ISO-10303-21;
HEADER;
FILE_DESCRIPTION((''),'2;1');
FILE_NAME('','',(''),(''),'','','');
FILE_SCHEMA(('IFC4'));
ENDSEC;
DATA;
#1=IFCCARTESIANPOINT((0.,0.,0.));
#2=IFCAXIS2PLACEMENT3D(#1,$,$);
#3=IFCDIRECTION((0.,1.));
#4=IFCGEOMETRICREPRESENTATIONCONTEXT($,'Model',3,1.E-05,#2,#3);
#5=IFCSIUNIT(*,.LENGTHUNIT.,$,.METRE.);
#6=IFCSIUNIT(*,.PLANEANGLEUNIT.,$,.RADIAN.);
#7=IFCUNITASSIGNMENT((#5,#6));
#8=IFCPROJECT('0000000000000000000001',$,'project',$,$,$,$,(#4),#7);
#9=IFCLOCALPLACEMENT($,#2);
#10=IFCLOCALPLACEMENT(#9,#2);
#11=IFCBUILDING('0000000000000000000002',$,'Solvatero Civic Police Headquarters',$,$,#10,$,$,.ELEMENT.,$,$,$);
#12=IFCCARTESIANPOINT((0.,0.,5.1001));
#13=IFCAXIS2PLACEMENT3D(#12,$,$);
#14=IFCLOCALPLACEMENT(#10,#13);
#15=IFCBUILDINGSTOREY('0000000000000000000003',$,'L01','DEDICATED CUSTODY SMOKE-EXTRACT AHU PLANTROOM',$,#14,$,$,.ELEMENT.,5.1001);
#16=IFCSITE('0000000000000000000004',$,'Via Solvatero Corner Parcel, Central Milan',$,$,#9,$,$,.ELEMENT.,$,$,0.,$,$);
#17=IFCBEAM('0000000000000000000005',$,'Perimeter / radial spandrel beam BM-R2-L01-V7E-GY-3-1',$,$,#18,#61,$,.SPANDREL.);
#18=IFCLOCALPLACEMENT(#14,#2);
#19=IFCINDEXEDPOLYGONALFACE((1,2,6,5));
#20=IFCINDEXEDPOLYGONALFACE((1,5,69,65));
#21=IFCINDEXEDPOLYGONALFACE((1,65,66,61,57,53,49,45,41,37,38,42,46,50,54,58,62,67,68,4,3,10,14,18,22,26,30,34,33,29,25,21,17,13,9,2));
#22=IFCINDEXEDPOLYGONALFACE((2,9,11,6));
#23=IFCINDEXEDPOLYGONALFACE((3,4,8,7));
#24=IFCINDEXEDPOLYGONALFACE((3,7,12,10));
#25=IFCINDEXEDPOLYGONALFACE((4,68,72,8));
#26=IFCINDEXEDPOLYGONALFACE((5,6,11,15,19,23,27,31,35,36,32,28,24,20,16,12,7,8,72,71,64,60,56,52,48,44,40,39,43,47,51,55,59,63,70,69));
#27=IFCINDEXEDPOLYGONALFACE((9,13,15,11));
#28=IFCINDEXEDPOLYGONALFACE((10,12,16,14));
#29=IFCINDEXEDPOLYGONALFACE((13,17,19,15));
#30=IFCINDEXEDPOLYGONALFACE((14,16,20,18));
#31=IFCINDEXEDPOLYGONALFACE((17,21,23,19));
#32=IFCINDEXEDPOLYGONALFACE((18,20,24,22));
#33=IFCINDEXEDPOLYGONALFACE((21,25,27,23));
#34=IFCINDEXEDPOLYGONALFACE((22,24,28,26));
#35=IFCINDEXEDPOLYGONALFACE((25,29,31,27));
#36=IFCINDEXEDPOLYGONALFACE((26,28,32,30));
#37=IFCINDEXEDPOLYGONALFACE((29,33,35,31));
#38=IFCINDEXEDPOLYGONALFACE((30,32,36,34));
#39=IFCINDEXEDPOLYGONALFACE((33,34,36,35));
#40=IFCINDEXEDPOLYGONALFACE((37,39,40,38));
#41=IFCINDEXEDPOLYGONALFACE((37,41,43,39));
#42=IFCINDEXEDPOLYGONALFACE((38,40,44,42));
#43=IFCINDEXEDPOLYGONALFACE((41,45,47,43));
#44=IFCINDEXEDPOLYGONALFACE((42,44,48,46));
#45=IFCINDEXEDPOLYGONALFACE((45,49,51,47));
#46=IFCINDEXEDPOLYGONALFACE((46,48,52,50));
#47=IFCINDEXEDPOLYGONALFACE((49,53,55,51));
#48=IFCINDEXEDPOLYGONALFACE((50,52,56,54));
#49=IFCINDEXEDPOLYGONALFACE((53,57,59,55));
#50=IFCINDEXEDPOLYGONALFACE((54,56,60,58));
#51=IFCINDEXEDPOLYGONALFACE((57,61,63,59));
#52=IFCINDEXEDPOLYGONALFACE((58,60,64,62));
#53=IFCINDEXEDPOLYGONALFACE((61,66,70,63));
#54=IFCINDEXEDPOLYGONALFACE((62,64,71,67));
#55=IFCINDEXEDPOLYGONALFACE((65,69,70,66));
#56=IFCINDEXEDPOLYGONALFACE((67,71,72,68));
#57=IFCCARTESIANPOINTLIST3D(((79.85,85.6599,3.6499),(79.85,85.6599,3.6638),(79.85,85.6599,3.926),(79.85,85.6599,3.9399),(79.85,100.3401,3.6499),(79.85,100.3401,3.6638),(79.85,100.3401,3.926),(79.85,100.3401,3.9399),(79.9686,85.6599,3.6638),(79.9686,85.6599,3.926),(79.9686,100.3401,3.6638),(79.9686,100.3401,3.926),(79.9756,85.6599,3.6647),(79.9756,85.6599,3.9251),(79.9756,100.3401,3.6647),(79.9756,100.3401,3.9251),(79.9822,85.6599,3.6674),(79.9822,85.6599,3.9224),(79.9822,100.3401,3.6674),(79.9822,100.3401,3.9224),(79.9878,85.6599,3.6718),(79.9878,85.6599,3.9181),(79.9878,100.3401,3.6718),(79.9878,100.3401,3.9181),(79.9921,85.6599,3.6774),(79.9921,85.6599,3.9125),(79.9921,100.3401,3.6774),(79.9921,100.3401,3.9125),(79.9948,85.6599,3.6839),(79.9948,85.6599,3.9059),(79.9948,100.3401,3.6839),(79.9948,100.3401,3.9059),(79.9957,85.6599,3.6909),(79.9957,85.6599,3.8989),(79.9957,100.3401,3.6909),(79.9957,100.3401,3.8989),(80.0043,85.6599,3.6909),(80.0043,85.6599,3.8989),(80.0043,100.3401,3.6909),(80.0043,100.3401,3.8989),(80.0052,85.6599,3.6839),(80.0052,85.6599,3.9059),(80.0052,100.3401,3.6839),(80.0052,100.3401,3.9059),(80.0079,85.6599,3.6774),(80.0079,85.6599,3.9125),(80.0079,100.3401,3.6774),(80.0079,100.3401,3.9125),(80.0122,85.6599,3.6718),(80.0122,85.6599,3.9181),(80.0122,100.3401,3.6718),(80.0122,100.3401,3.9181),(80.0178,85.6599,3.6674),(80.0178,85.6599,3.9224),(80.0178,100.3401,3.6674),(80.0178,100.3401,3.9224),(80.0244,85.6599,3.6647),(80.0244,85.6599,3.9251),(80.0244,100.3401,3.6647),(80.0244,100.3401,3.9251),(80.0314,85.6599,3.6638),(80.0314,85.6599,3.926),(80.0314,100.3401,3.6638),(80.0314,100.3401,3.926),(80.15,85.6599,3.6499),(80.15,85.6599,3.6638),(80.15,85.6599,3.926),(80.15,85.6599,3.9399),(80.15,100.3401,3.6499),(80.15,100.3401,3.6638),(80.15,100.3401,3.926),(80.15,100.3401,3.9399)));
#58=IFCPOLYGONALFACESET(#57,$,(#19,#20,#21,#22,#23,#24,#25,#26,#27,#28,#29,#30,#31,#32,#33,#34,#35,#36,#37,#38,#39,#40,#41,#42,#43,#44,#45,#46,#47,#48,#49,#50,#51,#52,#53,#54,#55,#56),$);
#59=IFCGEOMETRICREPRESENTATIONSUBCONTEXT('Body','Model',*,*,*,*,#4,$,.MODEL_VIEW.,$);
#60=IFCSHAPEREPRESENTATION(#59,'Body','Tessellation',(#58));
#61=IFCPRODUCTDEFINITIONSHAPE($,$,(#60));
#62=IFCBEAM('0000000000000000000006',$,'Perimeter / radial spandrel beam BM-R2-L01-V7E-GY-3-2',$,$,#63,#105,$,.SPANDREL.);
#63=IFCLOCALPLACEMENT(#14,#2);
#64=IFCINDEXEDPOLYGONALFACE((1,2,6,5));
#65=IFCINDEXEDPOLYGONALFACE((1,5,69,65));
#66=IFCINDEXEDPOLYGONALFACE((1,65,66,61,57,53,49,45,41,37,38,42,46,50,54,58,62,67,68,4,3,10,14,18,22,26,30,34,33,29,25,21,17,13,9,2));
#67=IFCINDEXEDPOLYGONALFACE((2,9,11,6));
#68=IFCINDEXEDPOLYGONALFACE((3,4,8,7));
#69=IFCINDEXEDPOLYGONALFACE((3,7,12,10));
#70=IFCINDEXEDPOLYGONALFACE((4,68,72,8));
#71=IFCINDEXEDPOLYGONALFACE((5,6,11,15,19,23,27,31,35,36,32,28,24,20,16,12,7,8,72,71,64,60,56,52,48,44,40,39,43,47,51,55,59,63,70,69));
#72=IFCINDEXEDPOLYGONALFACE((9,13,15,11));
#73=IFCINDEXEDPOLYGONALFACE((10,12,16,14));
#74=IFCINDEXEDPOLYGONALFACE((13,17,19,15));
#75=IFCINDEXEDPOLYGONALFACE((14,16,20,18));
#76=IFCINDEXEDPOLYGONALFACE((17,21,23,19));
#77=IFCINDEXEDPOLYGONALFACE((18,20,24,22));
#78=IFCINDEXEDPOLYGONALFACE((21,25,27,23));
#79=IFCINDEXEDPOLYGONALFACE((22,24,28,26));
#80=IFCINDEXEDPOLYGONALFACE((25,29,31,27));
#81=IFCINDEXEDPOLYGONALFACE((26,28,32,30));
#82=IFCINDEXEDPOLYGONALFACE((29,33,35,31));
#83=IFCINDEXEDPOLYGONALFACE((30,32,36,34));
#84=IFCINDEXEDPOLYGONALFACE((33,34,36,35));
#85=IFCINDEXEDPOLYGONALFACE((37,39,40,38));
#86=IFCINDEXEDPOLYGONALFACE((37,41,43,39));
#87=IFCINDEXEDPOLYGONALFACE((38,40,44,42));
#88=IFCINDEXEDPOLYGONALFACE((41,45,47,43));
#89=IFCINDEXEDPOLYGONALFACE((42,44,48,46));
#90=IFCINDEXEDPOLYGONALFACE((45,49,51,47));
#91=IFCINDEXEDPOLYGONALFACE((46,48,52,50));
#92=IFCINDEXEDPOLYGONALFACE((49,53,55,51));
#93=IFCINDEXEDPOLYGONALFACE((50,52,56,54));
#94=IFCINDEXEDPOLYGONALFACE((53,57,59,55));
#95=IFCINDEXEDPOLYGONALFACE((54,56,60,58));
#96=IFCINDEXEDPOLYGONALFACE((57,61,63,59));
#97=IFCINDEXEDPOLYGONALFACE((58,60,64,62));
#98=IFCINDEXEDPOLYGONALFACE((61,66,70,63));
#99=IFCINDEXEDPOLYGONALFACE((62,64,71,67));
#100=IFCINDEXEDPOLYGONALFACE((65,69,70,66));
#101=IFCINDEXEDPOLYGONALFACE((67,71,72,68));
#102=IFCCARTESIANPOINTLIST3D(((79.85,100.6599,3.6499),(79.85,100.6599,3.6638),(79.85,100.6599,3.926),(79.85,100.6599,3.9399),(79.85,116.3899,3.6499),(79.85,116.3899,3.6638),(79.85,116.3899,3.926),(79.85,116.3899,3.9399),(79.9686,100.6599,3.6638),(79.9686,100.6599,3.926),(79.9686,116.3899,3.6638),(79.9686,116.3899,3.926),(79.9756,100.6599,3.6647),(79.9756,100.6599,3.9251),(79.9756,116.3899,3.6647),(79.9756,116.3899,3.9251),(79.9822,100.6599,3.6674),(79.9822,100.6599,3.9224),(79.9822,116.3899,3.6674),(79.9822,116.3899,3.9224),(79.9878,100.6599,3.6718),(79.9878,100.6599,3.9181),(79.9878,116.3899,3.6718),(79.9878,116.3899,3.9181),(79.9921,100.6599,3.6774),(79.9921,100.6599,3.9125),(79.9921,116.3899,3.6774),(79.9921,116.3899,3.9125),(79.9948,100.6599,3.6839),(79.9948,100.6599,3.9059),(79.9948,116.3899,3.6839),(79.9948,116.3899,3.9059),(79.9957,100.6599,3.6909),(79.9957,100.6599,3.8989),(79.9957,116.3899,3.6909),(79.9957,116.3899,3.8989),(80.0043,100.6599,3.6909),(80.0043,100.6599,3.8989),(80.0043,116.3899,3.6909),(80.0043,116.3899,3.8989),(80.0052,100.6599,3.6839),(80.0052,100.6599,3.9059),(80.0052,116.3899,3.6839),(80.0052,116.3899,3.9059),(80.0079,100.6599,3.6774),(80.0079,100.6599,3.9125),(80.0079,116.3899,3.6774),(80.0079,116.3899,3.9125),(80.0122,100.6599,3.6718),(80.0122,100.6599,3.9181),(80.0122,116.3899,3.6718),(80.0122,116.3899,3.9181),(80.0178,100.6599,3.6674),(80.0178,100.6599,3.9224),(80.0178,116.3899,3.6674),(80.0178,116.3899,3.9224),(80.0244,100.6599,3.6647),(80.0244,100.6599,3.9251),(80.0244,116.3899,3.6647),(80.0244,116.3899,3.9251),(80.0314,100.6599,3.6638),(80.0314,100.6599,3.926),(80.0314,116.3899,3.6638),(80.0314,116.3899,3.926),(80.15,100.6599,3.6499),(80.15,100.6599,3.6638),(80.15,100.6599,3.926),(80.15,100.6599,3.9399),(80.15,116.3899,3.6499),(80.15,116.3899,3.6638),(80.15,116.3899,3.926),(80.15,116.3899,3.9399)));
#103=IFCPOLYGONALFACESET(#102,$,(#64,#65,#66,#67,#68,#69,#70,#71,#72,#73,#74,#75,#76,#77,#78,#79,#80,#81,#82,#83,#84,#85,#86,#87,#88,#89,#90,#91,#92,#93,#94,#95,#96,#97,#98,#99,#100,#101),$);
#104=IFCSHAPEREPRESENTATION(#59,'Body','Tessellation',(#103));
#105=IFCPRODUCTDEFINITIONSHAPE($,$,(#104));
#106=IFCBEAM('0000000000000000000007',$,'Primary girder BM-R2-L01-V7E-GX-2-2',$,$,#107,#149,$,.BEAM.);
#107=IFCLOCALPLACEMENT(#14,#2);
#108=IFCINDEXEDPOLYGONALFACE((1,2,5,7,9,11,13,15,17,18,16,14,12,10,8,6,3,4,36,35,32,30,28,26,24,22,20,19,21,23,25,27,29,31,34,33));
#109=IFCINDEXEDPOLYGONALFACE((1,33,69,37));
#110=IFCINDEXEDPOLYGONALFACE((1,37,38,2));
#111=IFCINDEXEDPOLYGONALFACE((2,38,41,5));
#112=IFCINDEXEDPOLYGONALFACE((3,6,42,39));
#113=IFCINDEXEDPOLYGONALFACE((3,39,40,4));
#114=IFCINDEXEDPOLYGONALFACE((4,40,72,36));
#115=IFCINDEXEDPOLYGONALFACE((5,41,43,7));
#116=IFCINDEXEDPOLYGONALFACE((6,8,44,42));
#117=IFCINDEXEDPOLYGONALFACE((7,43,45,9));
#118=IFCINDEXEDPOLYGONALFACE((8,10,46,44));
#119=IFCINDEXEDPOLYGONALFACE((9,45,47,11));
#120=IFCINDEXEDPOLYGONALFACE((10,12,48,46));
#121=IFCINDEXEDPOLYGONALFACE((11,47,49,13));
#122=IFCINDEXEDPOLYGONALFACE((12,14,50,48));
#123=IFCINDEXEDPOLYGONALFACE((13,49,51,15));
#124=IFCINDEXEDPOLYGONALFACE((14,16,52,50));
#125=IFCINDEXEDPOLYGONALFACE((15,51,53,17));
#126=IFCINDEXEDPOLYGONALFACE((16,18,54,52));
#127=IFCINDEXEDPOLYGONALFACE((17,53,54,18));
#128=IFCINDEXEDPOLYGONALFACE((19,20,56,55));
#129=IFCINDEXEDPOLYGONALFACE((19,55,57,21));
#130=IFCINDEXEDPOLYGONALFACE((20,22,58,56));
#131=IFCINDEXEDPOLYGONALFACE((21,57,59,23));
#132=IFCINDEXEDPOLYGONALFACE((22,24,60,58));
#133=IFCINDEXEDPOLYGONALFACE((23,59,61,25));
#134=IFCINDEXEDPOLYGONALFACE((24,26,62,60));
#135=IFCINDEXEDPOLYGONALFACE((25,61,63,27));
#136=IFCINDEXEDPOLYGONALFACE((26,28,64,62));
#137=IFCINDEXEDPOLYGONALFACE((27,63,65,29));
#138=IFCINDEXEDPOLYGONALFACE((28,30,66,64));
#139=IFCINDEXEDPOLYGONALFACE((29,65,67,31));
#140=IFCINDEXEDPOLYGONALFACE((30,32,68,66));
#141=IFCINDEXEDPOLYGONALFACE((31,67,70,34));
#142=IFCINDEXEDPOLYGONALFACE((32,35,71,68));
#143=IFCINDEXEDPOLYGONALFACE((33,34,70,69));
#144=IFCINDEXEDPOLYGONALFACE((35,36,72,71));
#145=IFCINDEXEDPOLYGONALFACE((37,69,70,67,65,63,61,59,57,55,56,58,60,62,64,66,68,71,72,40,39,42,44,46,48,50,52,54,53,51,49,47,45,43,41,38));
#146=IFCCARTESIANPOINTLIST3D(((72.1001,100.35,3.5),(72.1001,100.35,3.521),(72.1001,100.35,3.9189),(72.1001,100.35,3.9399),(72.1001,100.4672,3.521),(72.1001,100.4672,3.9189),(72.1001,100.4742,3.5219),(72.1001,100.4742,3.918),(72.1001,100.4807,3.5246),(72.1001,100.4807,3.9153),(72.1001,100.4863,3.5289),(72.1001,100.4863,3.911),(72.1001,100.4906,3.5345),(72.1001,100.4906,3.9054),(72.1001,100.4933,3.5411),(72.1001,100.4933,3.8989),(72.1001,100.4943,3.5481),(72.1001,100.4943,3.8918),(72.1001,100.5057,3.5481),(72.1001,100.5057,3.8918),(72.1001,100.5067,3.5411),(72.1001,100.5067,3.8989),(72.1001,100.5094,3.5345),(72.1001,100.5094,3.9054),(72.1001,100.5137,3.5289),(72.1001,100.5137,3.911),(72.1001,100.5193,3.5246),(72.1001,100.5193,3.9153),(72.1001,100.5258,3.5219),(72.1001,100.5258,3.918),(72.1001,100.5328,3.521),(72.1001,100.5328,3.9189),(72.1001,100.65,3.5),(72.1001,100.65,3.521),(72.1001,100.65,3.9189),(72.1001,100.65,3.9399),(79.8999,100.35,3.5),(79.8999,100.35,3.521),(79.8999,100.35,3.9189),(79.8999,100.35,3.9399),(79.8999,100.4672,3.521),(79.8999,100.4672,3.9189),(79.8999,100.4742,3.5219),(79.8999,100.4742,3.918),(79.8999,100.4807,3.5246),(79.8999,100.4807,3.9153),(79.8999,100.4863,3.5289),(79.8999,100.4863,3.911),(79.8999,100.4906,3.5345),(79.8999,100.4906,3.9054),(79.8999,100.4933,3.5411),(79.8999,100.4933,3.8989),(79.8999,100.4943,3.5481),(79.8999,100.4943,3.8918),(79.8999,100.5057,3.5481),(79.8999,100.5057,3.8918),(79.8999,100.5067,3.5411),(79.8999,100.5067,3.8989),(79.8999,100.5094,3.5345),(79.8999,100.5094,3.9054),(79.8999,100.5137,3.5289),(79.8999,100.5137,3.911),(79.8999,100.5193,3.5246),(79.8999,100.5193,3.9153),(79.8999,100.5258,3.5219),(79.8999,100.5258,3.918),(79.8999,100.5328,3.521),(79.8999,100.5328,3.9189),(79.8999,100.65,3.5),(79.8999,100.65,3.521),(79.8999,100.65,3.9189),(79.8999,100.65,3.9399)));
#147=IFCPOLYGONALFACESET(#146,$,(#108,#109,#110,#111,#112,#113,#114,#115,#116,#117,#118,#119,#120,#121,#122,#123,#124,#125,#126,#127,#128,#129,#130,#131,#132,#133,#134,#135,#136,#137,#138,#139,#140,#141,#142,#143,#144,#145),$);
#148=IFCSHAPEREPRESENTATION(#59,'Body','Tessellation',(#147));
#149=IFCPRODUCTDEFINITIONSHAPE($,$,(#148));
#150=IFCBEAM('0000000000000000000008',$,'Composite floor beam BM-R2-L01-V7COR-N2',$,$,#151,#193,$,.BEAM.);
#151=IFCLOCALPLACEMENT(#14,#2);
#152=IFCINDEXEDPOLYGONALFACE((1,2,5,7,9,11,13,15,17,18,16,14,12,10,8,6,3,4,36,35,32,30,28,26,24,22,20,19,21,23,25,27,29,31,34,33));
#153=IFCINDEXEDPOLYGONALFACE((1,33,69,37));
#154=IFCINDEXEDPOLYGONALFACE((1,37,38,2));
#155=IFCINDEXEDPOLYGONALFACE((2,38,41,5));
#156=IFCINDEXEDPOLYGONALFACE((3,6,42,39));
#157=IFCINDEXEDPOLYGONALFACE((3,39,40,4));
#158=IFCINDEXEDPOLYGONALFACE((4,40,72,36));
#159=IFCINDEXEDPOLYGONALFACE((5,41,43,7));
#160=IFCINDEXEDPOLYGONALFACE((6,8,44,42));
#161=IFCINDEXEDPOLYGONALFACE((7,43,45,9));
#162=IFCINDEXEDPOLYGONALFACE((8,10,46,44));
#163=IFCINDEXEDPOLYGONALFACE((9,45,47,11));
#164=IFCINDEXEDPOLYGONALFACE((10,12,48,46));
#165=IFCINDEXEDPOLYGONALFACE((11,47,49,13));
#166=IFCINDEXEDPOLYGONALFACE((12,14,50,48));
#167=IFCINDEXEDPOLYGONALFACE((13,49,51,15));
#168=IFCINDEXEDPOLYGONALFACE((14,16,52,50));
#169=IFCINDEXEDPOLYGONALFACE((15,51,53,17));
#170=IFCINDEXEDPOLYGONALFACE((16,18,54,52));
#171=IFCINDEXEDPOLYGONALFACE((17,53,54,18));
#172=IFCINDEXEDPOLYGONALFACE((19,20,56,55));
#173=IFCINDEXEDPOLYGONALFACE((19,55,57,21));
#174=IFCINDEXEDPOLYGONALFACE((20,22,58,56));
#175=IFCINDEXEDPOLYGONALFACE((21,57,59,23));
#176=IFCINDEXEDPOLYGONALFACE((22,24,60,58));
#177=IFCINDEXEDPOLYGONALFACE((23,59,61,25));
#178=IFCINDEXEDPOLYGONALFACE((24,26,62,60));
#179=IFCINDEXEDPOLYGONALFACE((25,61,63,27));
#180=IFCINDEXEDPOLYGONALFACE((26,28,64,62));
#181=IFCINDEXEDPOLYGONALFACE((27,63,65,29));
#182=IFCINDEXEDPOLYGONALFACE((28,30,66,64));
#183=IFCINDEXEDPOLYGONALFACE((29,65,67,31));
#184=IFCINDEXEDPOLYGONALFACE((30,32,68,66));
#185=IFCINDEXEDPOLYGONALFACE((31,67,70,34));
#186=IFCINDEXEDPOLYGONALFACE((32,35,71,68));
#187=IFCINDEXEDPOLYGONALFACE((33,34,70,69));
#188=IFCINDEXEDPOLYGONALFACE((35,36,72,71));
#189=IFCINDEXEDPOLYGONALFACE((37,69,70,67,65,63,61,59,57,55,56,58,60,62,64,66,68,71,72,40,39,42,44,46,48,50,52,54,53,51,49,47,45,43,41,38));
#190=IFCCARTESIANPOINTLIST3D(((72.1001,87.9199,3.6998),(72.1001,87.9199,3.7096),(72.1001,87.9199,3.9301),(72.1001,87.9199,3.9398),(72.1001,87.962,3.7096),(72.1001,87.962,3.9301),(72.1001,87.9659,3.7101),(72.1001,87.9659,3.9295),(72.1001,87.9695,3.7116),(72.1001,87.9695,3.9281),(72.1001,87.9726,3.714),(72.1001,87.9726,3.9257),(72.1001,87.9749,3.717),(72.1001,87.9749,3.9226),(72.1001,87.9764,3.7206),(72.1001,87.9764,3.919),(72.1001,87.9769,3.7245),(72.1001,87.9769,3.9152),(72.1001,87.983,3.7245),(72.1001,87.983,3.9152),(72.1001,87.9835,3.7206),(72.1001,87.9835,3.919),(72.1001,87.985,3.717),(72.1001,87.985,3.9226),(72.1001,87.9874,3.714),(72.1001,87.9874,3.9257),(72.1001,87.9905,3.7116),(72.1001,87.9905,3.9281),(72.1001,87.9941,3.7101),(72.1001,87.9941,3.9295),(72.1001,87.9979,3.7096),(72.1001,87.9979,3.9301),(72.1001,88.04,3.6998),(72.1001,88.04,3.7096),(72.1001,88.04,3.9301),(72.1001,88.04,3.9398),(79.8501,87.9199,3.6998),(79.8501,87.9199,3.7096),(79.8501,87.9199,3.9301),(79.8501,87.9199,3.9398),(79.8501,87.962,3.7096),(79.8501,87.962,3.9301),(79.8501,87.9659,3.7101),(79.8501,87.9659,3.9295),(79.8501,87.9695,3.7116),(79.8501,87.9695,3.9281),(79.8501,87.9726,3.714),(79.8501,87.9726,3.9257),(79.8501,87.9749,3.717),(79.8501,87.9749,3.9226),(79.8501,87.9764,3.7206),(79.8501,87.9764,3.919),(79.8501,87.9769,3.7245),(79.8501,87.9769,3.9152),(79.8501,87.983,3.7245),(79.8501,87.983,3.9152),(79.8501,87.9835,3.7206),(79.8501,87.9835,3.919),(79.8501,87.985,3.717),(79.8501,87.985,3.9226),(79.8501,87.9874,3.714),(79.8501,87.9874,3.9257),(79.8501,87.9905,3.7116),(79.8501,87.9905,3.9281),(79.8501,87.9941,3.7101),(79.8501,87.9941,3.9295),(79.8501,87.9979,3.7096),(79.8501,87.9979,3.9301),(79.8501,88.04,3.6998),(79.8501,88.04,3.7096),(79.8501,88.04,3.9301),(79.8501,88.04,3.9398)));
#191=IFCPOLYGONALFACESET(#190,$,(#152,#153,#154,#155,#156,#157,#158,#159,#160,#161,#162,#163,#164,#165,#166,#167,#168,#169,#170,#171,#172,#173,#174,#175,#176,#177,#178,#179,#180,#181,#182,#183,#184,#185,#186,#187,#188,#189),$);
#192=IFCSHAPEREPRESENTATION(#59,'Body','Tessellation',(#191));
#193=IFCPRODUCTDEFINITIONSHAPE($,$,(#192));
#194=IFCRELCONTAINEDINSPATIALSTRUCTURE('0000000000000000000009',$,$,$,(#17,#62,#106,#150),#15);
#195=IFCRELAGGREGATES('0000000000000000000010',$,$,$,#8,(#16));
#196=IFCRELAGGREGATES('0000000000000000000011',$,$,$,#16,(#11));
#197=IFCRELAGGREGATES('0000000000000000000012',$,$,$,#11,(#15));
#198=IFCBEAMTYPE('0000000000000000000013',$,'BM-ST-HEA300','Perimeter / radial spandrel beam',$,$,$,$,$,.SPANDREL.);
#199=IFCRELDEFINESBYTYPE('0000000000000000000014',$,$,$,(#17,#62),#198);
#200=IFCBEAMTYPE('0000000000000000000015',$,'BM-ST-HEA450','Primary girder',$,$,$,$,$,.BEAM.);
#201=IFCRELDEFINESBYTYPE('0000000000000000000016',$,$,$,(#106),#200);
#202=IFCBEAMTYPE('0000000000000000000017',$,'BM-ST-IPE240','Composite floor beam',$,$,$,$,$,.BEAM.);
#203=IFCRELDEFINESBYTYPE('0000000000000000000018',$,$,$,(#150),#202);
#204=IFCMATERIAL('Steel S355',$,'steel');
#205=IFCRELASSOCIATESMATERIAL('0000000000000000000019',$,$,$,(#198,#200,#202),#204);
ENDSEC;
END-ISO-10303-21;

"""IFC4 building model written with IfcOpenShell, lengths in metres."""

from ifc_helpers import new_model, si_unit, direction, frame, origin, origin_2d, place, context, subcontext, project, spatial, i_section, extrude, material, material_profile, profile_set, type_object, element, save


model = new_model("IFC4")

# Units and contexts
model_context = context("Model", 3, precision=1e-05, world=origin(), true_north=direction((0.0, 1.0)))
body_context = subcontext(model_context, "Body", "Model", "MODEL_VIEW")
ifc_project = project(units=[si_unit("LENGTHUNIT", "METRE"), si_unit("PLANEANGLEUNIT", "RADIAN")], contexts=[model_context])

# Site, building, storey
site_placement = place(None, origin())
site = spatial("IfcSite", under=ifc_project, at=site_placement, Name="Via Solvatero Corner Parcel, Central Milan", CompositionType="ELEMENT", RefElevation=0.0)
building_placement = place(site_placement, origin())
building = spatial("IfcBuilding", under=site, at=building_placement, Name="Solvatero Civic Police Headquarters", CompositionType="ELEMENT")
storey_placement = place(building_placement, frame((0.0, 0.0, 5.1001)))
storey = spatial("IfcBuildingStorey", under=building, at=storey_placement, Name="L01", Description="DEDICATED CUSTODY SMOKE-EXTRACT AHU PLANTROOM", CompositionType="ELEMENT", Elevation=5.1001)

# Shared definitions
ifc_material_1 = material(Name="Steel S355", Category="steel")

# Beams
ifc_material_profile_1 = material_profile(ifc_material_1, i_section(OverallWidth=0.3, OverallDepth=0.29, WebThickness=0.0085, FlangeThickness=0.0139, FilletRadius=0.0271, at=origin_2d()), Name="HEA 300")
ifc_profile_set_1 = profile_set([ifc_material_profile_1], Name="Steel S355")
beam_type_1 = type_object("IfcBeamType", Name="BM-ST-HEA300", Description="Perimeter / radial spandrel beam", PredefinedType="SPANDREL", material=ifc_profile_set_1)
beam_1_placement = place(storey_placement, frame((80.0, 85.6599, 3.7949), z_axis=(0.0, 1.0, 0.0), x_axis=(-1.0, 0.0, 0.0)))
element("IfcBeam", 1, at=beam_1_placement, inside=storey, type_object=beam_type_1, Name="Perimeter / radial spandrel beam BM-R2-L01-V7E-GY-3-1", PredefinedType="SPANDREL", context=body_context, shape_type="SweptSolid", body=[
    extrude(i_section(OverallWidth=0.3, OverallDepth=0.29, WebThickness=0.0085, FlangeThickness=0.0139, FilletRadius=0.0271, at=origin_2d()), origin(), (0.0, 0.0, 1.0), 14.6802),
])
beam_2_placement = place(storey_placement, frame((80.0, 100.6599, 3.7949), z_axis=(0.0, 1.0, 0.0), x_axis=(-1.0, 0.0, 0.0)))
element("IfcBeam", 2, at=beam_2_placement, inside=storey, type_object=beam_type_1, Name="Perimeter / radial spandrel beam BM-R2-L01-V7E-GY-3-2", PredefinedType="SPANDREL", context=body_context, shape_type="SweptSolid", body=[
    extrude(i_section(OverallWidth=0.3, OverallDepth=0.29, WebThickness=0.0085, FlangeThickness=0.0139, FilletRadius=0.0271, at=origin_2d()), origin(), (0.0, 0.0, 1.0), 15.73),
])
ifc_material_profile_2 = material_profile(ifc_material_1, i_section(OverallWidth=0.3, OverallDepth=0.4399, WebThickness=0.0115, FlangeThickness=0.021, FilletRadius=0.0271, at=origin_2d()), Name="HEA 450")
ifc_profile_set_2 = profile_set([ifc_material_profile_2], Name="Steel S355")
beam_type_2 = type_object("IfcBeamType", Name="BM-ST-HEA450", Description="Primary girder", PredefinedType="BEAM", material=ifc_profile_set_2)
beam_3_placement = place(storey_placement, frame((72.1001, 100.5, 3.72), z_axis=(1.0, 0.0, 0.0), x_axis=(0.0, 1.0, 0.0)))
element("IfcBeam", 3, at=beam_3_placement, inside=storey, type_object=beam_type_2, Name="Primary girder BM-R2-L01-V7E-GX-2-2", PredefinedType="BEAM", context=body_context, shape_type="SweptSolid", body=[
    extrude(i_section(OverallWidth=0.3, OverallDepth=0.4399, WebThickness=0.0115, FlangeThickness=0.021, FilletRadius=0.0271, at=origin_2d()), origin(), (0.0, 0.0, 1.0), 7.7998),
])
ifc_material_profile_3 = material_profile(ifc_material_1, i_section(OverallWidth=0.1201, OverallDepth=0.24, WebThickness=0.0061, FlangeThickness=0.0098, FilletRadius=0.0149, at=origin_2d()), Name="IPE 240")
ifc_profile_set_3 = profile_set([ifc_material_profile_3], Name="Steel S355")
beam_type_3 = type_object("IfcBeamType", Name="BM-ST-IPE240", Description="Composite floor beam", PredefinedType="BEAM", material=ifc_profile_set_3)
beam_4_placement = place(storey_placement, frame((72.1001, 87.98, 3.8198), z_axis=(1.0, 0.0, 0.0), x_axis=(0.0, 1.0, 0.0)))
element("IfcBeam", 4, at=beam_4_placement, inside=storey, type_object=beam_type_3, Name="Composite floor beam BM-R2-L01-V7COR-N2", PredefinedType="BEAM", context=body_context, shape_type="SweptSolid", body=[
    extrude(i_section(OverallWidth=0.1201, OverallDepth=0.24, WebThickness=0.0061, FlangeThickness=0.0098, FilletRadius=0.0149, at=origin_2d()), origin(), (0.0, 0.0, 1.0), 7.75),
])

save(model, "model.ifc")
